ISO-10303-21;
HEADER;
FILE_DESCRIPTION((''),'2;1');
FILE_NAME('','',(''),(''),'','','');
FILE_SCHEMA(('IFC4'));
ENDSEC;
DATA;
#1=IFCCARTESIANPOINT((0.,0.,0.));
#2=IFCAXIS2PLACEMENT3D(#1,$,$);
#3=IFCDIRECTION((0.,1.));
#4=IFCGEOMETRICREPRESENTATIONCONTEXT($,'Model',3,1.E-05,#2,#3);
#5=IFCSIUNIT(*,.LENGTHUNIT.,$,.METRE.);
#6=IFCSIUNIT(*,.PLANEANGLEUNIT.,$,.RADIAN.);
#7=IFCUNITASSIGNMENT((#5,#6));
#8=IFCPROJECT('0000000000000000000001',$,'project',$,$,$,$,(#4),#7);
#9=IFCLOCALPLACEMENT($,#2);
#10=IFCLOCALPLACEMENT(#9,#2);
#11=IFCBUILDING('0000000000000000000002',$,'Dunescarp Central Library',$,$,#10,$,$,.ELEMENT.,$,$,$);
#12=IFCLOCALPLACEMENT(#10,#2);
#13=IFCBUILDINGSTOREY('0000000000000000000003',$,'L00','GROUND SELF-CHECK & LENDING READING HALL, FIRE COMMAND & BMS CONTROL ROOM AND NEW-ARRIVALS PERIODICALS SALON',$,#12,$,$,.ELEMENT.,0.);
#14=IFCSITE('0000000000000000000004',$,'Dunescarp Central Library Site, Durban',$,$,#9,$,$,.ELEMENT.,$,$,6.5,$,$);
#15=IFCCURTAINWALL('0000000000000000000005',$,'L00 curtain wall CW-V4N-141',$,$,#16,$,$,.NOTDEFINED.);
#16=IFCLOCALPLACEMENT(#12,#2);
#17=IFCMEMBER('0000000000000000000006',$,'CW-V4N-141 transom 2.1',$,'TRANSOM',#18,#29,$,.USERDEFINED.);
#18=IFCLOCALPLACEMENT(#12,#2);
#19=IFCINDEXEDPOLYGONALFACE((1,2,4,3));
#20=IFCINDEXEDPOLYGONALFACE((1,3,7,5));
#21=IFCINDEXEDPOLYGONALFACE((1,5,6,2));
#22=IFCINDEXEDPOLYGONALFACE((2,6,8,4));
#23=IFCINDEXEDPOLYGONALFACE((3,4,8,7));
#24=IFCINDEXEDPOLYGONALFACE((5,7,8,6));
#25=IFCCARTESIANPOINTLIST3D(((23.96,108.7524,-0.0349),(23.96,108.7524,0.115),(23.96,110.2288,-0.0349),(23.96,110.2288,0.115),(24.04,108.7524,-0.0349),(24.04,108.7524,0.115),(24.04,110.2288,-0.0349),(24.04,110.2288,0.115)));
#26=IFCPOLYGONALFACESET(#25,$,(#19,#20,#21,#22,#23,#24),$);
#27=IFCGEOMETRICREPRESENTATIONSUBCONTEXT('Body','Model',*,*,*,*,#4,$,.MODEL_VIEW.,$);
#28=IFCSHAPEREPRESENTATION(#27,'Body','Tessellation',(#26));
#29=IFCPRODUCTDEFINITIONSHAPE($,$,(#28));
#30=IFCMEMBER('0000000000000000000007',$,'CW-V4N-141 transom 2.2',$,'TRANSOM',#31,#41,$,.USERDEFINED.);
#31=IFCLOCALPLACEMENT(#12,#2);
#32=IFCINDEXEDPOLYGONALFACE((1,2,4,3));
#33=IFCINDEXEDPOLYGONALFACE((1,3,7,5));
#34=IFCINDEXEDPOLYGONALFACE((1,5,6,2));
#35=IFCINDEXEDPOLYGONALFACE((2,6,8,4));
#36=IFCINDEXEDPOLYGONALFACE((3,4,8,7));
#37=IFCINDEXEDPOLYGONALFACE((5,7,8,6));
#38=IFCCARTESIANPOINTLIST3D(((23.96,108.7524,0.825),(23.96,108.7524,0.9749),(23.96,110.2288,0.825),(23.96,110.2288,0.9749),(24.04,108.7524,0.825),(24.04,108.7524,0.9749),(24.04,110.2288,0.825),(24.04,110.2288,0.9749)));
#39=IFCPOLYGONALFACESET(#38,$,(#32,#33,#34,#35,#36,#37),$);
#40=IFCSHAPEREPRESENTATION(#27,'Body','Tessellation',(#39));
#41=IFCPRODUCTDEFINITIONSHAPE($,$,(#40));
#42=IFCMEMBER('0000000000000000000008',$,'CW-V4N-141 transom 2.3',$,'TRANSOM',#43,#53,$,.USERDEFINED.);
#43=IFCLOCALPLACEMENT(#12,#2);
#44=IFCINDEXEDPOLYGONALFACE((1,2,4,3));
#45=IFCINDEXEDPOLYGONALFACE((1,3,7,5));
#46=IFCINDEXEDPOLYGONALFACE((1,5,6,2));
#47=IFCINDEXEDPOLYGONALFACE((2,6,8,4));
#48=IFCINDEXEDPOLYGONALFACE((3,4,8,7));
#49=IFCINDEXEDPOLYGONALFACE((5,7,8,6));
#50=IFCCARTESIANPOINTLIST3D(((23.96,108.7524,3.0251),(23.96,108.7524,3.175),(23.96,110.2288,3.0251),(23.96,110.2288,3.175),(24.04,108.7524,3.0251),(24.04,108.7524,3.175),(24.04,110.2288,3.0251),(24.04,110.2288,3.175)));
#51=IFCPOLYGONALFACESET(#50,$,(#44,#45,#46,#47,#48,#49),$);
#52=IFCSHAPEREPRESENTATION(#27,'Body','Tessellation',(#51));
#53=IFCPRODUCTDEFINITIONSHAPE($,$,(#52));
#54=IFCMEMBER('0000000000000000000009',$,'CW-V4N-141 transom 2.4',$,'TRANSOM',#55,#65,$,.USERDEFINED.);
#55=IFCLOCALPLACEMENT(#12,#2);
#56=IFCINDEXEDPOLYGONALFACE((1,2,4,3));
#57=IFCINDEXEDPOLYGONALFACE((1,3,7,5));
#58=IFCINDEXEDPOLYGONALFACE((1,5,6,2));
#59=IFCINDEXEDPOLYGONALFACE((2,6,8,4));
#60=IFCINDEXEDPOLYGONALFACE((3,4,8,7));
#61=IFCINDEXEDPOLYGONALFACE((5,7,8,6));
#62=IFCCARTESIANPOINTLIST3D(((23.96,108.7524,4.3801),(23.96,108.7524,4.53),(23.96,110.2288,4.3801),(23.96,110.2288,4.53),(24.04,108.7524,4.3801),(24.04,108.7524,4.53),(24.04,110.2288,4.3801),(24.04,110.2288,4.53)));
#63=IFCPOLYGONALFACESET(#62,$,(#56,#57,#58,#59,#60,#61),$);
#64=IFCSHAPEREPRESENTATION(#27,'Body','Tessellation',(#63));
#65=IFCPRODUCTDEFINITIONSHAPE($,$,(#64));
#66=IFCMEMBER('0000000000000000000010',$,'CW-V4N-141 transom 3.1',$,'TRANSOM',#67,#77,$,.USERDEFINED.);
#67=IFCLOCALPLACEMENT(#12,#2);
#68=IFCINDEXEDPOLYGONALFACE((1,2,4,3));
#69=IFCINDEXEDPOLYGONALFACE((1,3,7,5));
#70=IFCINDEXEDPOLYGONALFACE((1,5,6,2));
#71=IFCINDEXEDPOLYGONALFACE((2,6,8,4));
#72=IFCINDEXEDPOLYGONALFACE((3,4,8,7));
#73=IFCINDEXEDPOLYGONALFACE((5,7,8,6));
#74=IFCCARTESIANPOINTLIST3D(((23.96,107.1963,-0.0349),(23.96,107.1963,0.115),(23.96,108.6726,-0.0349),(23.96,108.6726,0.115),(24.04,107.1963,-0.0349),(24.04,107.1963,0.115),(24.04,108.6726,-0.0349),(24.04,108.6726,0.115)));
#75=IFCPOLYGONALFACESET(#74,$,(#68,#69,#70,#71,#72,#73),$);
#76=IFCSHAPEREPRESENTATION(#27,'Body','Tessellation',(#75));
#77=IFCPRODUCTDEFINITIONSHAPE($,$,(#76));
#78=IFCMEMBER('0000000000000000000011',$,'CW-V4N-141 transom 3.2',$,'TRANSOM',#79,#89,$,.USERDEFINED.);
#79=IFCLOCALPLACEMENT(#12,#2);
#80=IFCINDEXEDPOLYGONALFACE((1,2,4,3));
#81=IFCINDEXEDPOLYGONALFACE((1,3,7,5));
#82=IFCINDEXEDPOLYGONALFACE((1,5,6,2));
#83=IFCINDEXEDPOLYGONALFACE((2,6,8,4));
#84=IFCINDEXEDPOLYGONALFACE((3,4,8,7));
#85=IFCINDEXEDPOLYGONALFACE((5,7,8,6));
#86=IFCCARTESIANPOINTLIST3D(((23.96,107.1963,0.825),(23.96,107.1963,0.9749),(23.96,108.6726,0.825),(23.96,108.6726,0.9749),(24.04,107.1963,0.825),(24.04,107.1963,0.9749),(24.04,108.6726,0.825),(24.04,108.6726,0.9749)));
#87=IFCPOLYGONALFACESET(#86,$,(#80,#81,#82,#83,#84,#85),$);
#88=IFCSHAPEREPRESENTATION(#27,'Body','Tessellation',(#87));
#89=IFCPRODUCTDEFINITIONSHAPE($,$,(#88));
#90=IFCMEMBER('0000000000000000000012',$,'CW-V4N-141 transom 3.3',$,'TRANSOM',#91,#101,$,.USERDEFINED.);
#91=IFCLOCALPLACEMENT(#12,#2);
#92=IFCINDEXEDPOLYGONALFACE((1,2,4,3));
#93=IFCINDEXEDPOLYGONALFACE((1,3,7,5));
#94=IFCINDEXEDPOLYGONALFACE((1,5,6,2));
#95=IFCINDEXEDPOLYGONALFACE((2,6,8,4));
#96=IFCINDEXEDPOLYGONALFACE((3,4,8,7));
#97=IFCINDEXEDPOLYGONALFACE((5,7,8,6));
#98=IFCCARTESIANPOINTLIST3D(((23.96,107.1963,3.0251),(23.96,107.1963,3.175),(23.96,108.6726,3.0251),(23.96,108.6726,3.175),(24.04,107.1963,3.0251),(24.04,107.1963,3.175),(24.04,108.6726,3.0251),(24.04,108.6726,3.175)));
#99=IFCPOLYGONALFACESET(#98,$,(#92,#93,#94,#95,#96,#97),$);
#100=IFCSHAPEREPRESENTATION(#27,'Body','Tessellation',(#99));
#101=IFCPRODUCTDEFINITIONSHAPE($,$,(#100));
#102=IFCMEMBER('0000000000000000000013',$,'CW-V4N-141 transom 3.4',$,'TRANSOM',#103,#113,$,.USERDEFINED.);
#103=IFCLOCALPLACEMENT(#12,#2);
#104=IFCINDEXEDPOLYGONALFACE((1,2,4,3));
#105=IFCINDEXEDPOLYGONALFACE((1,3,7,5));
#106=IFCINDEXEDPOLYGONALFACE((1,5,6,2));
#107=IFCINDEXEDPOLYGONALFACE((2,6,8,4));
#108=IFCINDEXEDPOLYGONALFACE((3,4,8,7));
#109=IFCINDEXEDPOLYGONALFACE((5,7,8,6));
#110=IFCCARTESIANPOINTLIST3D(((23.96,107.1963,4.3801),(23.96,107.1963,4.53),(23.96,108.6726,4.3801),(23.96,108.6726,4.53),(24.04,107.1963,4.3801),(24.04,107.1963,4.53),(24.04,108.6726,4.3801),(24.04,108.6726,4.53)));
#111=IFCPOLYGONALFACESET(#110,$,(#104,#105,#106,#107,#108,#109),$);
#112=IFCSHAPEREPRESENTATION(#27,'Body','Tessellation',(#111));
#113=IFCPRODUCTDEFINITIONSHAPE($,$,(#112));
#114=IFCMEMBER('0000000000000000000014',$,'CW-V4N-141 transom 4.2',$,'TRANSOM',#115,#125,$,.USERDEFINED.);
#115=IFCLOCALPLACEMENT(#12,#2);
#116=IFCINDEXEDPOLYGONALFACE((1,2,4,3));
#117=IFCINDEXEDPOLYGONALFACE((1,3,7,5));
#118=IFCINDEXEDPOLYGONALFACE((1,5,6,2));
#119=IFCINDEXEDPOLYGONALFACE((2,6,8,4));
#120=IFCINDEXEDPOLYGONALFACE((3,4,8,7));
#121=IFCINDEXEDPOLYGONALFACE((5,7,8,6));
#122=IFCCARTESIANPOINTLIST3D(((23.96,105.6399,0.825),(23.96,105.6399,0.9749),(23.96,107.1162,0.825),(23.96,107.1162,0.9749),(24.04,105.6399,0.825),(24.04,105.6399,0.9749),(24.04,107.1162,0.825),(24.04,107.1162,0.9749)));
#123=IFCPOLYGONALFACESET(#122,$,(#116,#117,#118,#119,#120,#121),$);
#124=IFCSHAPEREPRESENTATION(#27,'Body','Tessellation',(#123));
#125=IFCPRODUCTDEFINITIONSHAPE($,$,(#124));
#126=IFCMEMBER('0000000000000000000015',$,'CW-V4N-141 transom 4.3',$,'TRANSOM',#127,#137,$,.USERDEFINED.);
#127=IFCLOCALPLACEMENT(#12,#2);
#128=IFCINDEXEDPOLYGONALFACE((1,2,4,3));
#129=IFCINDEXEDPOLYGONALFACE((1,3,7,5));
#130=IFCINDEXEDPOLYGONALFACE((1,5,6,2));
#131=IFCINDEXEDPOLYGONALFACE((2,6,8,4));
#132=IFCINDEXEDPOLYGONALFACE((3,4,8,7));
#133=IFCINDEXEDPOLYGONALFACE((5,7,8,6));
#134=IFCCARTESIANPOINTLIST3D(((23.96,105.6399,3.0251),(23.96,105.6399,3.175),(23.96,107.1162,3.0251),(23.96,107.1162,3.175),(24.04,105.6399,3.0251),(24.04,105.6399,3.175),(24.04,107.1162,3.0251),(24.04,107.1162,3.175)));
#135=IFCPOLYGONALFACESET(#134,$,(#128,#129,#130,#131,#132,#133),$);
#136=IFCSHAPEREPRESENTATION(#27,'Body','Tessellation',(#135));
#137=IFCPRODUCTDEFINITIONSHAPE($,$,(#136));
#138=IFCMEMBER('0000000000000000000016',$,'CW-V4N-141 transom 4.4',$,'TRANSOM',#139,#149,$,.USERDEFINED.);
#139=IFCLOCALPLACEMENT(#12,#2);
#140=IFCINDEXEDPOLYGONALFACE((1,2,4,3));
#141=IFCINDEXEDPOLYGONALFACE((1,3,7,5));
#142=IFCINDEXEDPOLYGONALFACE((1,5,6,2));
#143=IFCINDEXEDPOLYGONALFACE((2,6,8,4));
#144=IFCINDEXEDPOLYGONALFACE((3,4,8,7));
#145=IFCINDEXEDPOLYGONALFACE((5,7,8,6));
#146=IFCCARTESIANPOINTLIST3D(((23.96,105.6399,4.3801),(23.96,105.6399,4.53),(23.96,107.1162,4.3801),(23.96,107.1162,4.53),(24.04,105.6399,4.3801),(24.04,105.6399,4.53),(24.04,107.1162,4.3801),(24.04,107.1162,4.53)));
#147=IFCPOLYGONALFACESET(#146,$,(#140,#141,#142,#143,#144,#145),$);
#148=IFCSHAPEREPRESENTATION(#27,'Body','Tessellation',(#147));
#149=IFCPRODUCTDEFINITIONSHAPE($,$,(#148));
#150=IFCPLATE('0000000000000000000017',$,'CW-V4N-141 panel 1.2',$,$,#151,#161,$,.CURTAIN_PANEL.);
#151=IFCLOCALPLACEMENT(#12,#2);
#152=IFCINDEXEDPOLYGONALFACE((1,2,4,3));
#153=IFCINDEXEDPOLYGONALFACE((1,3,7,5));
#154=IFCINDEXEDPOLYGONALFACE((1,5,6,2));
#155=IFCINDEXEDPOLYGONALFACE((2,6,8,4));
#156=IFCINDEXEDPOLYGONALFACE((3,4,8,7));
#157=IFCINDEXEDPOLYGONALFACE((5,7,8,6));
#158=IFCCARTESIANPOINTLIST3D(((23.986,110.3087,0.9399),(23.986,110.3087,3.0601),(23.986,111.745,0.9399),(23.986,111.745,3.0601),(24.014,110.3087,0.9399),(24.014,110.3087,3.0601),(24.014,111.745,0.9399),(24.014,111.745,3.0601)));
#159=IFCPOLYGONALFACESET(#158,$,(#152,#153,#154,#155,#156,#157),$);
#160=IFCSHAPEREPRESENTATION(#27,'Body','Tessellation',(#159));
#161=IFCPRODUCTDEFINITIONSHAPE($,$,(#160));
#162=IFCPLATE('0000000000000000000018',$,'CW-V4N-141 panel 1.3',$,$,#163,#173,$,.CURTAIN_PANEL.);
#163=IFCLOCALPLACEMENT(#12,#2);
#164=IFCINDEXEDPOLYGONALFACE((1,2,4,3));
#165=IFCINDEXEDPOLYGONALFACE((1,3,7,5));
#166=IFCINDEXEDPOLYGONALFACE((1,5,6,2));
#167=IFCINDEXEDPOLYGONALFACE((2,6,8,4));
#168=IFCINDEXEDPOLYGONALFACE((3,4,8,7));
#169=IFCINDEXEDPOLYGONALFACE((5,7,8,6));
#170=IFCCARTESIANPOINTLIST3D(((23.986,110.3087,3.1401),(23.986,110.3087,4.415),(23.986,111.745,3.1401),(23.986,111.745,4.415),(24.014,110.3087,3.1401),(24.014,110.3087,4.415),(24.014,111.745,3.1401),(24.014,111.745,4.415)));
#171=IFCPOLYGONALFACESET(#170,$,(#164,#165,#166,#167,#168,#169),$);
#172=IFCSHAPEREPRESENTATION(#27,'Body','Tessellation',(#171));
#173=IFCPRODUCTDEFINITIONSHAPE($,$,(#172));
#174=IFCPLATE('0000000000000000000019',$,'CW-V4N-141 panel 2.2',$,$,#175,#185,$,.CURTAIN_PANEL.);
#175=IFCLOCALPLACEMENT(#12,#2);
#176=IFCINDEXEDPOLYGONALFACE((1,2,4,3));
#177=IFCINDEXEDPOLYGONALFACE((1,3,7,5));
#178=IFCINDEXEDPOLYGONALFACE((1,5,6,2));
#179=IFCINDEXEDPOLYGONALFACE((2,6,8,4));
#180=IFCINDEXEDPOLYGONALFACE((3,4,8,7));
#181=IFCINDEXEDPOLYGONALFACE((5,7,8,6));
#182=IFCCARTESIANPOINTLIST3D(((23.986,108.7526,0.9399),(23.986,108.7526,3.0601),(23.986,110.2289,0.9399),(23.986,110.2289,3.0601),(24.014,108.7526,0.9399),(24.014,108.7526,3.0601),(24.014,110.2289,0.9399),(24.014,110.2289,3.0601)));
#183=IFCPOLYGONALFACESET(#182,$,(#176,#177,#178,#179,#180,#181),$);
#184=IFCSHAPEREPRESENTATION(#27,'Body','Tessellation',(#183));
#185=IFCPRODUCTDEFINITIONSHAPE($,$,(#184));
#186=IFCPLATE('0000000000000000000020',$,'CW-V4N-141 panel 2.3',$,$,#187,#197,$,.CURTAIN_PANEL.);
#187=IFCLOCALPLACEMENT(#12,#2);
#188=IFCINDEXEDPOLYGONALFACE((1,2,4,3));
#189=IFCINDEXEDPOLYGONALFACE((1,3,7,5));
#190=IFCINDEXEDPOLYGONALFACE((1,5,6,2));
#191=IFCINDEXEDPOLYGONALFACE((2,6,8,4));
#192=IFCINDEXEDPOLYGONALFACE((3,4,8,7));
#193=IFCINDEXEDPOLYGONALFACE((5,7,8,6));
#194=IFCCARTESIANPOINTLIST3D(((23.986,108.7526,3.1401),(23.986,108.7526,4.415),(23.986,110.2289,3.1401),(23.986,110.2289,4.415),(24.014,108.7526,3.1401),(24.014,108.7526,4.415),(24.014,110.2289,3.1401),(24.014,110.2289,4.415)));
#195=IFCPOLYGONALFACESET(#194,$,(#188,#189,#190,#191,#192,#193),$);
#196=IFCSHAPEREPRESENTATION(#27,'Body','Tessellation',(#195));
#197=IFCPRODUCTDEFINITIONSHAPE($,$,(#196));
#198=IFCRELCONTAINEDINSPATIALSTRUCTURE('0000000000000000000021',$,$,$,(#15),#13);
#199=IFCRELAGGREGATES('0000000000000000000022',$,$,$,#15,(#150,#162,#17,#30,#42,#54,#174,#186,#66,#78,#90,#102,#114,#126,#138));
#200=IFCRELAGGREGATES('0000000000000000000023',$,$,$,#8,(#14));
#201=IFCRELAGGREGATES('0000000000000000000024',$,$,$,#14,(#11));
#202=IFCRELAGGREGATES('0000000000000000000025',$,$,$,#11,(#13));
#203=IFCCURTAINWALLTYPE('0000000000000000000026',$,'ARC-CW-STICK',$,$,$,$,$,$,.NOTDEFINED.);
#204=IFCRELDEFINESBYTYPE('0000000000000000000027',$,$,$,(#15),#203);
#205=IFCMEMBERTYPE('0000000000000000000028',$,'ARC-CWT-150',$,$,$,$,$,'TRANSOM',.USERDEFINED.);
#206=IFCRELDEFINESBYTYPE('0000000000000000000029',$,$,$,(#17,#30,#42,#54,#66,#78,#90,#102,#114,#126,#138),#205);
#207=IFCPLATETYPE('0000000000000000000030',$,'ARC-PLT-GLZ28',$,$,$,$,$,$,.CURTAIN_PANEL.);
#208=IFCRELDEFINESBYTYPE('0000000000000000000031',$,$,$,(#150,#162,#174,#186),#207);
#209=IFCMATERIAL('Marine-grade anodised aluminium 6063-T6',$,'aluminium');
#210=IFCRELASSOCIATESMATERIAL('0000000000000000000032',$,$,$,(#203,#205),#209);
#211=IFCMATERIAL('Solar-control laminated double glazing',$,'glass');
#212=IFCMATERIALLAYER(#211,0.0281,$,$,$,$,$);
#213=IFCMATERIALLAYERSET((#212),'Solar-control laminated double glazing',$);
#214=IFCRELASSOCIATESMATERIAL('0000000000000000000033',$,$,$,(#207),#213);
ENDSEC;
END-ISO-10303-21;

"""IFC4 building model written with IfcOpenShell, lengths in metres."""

from ifc_helpers import new_model, si_unit, direction, frame, origin, origin_2d, place, context, subcontext, project, spatial, rectangle, extrude, material, layer, layer_set, material_profile, profile_set, type_object, element, aggregate, save


model = new_model("IFC4")

# Units and contexts
model_context = context("Model", 3, precision=1e-05, world=origin(), true_north=direction((0.0, 1.0)))
body_context = subcontext(model_context, "Body", "Model", "MODEL_VIEW")
ifc_project = project(units=[si_unit("LENGTHUNIT", "METRE"), si_unit("PLANEANGLEUNIT", "RADIAN")], contexts=[model_context])

# Site, building, storey
site_placement = place(None, origin())
site = spatial("IfcSite", under=ifc_project, at=site_placement, Name="Dunescarp Central Library Site, Durban", CompositionType="ELEMENT", RefElevation=6.5)
building_placement = place(site_placement, origin())
building = spatial("IfcBuilding", under=site, at=building_placement, Name="Dunescarp Central Library", CompositionType="ELEMENT")
storey_placement = place(building_placement, origin())
storey = spatial("IfcBuildingStorey", under=building, at=storey_placement, Name="L00", Description="GROUND SELF-CHECK & LENDING READING HALL, FIRE COMMAND & BMS CONTROL ROOM AND NEW-ARRIVALS PERIODICALS SALON", CompositionType="ELEMENT", Elevation=0.0)

# Curtain wall, members, plates
ifc_material_1 = material(Name="Marine-grade anodised aluminium 6063-T6", Category="aluminium")
curtain_wall_type = type_object("IfcCurtainWallType", Name="ARC-CW-STICK", PredefinedType="NOTDEFINED", material=ifc_material_1)
curtain_wall_placement = place(storey_placement, origin())
curtain_wall = element("IfcCurtainWall", 1, at=curtain_wall_placement, inside=storey, type_object=curtain_wall_type, Name="L00 curtain wall CW-V4N-141", PredefinedType="NOTDEFINED")
ifc_material_profile_1 = material_profile(ifc_material_1, rectangle(XDim=0.0801, YDim=0.1499, at=origin_2d()), Name="AL 80x150")
ifc_profile_set_1 = profile_set([ifc_material_profile_1], Name="Marine-grade anodised aluminium 6063-T6")
member_type_1 = type_object("IfcMemberType", Name="ARC-CWT-150", ElementType="TRANSOM", PredefinedType="USERDEFINED", material=ifc_profile_set_1)
member_1_placement = place(storey_placement, frame((24.0, 110.2288, 0.04), z_axis=(0.0, -1.0, 0.0), x_axis=(1.0, 0.0, 0.0)))
member_1 = element("IfcMember", 2, at=member_1_placement, type_object=member_type_1, Name="CW-V4N-141 transom 2.1", ObjectType="TRANSOM", PredefinedType="USERDEFINED", context=body_context, shape_type="SweptSolid", body=[
    extrude(rectangle(XDim=0.0801, YDim=0.1499, at=origin_2d()), origin(), (0.0, 0.0, 1.0), 1.4763),
])
member_2_placement = place(storey_placement, frame((24.0, 110.2288, 0.8999), z_axis=(0.0, -1.0, 0.0), x_axis=(1.0, 0.0, 0.0)))
member_2 = element("IfcMember", 3, at=member_2_placement, type_object=member_type_1, Name="CW-V4N-141 transom 2.2", ObjectType="TRANSOM", PredefinedType="USERDEFINED", context=body_context, shape_type="SweptSolid", body=[
    extrude(rectangle(XDim=0.0801, YDim=0.1499, at=origin_2d()), origin(), (0.0, 0.0, 1.0), 1.4763),
])
member_3_placement = place(storey_placement, frame((24.0, 110.2288, 3.1001), z_axis=(0.0, -1.0, 0.0), x_axis=(1.0, 0.0, 0.0)))
member_3 = element("IfcMember", 4, at=member_3_placement, type_object=member_type_1, Name="CW-V4N-141 transom 2.3", ObjectType="TRANSOM", PredefinedType="USERDEFINED", context=body_context, shape_type="SweptSolid", body=[
    extrude(rectangle(XDim=0.0801, YDim=0.1499, at=origin_2d()), origin(), (0.0, 0.0, 1.0), 1.4763),
])
member_4_placement = place(storey_placement, frame((24.0, 110.2288, 4.4551), z_axis=(0.0, -1.0, 0.0), x_axis=(1.0, 0.0, 0.0)))
member_4 = element("IfcMember", 5, at=member_4_placement, type_object=member_type_1, Name="CW-V4N-141 transom 2.4", ObjectType="TRANSOM", PredefinedType="USERDEFINED", context=body_context, shape_type="SweptSolid", body=[
    extrude(rectangle(XDim=0.0801, YDim=0.1499, at=origin_2d()), origin(), (0.0, 0.0, 1.0), 1.4763),
])
member_5_placement = place(storey_placement, frame((24.0, 108.6726, 0.04), z_axis=(0.0, -1.0, 0.0), x_axis=(1.0, 0.0, 0.0)))
member_5 = element("IfcMember", 6, at=member_5_placement, type_object=member_type_1, Name="CW-V4N-141 transom 3.1", ObjectType="TRANSOM", PredefinedType="USERDEFINED", context=body_context, shape_type="SweptSolid", body=[
    extrude(rectangle(XDim=0.0801, YDim=0.1499, at=origin_2d()), origin(), (0.0, 0.0, 1.0), 1.4763),
])
member_6_placement = place(storey_placement, frame((24.0, 108.6726, 0.8999), z_axis=(0.0, -1.0, 0.0), x_axis=(1.0, 0.0, 0.0)))
member_6 = element("IfcMember", 7, at=member_6_placement, type_object=member_type_1, Name="CW-V4N-141 transom 3.2", ObjectType="TRANSOM", PredefinedType="USERDEFINED", context=body_context, shape_type="SweptSolid", body=[
    extrude(rectangle(XDim=0.0801, YDim=0.1499, at=origin_2d()), origin(), (0.0, 0.0, 1.0), 1.4763),
])
member_7_placement = place(storey_placement, frame((24.0, 108.6726, 3.1001), z_axis=(0.0, -1.0, 0.0), x_axis=(1.0, 0.0, 0.0)))
member_7 = element("IfcMember", 8, at=member_7_placement, type_object=member_type_1, Name="CW-V4N-141 transom 3.3", ObjectType="TRANSOM", PredefinedType="USERDEFINED", context=body_context, shape_type="SweptSolid", body=[
    extrude(rectangle(XDim=0.0801, YDim=0.1499, at=origin_2d()), origin(), (0.0, 0.0, 1.0), 1.4763),
])
member_8_placement = place(storey_placement, frame((24.0, 108.6726, 4.4551), z_axis=(0.0, -1.0, 0.0), x_axis=(1.0, 0.0, 0.0)))
member_8 = element("IfcMember", 9, at=member_8_placement, type_object=member_type_1, Name="CW-V4N-141 transom 3.4", ObjectType="TRANSOM", PredefinedType="USERDEFINED", context=body_context, shape_type="SweptSolid", body=[
    extrude(rectangle(XDim=0.0801, YDim=0.1499, at=origin_2d()), origin(), (0.0, 0.0, 1.0), 1.4763),
])
member_9_placement = place(storey_placement, frame((24.0, 107.1162, 0.8999), z_axis=(0.0, -1.0, 0.0), x_axis=(1.0, 0.0, 0.0)))
member_9 = element("IfcMember", 10, at=member_9_placement, type_object=member_type_1, Name="CW-V4N-141 transom 4.2", ObjectType="TRANSOM", PredefinedType="USERDEFINED", context=body_context, shape_type="SweptSolid", body=[
    extrude(rectangle(XDim=0.0801, YDim=0.1499, at=origin_2d()), origin(), (0.0, 0.0, 1.0), 1.4763),
])
member_10_placement = place(storey_placement, frame((24.0, 107.1162, 3.1001), z_axis=(0.0, -1.0, 0.0), x_axis=(1.0, 0.0, 0.0)))
member_10 = element("IfcMember", 11, at=member_10_placement, type_object=member_type_1, Name="CW-V4N-141 transom 4.3", ObjectType="TRANSOM", PredefinedType="USERDEFINED", context=body_context, shape_type="SweptSolid", body=[
    extrude(rectangle(XDim=0.0801, YDim=0.1499, at=origin_2d()), origin(), (0.0, 0.0, 1.0), 1.4763),
])
member_11_placement = place(storey_placement, frame((24.0, 107.1162, 4.4551), z_axis=(0.0, -1.0, 0.0), x_axis=(1.0, 0.0, 0.0)))
member_11 = element("IfcMember", 12, at=member_11_placement, type_object=member_type_1, Name="CW-V4N-141 transom 4.4", ObjectType="TRANSOM", PredefinedType="USERDEFINED", context=body_context, shape_type="SweptSolid", body=[
    extrude(rectangle(XDim=0.0801, YDim=0.1499, at=origin_2d()), origin(), (0.0, 0.0, 1.0), 1.4763),
])
ifc_material_2 = material(Name="Solar-control laminated double glazing", Category="glass")
ifc_layer_1 = layer(ifc_material_2, 0.0281)
ifc_layer_set_1 = layer_set([ifc_layer_1], Name="Solar-control laminated double glazing")
plate_type_1 = type_object("IfcPlateType", Name="ARC-PLT-GLZ28", PredefinedType="CURTAIN_PANEL", material=ifc_layer_set_1)
plate_1_placement = place(storey_placement, frame((24.0, 111.0269, 0.9399), z_axis=(0.0, 0.0, 1.0), x_axis=(0.0, -1.0, 0.0)))
plate_1 = element("IfcPlate", 13, at=plate_1_placement, type_object=plate_type_1, Name="CW-V4N-141 panel 1.2", PredefinedType="CURTAIN_PANEL", context=body_context, shape_type="SweptSolid", body=[
    extrude(rectangle(XDim=1.4363, YDim=0.0281, at=origin_2d()), origin(), (0.0, 0.0, 1.0), 2.1201),
])
plate_2_placement = place(storey_placement, frame((24.0, 111.0269, 3.1401), z_axis=(0.0, 0.0, 1.0), x_axis=(0.0, -1.0, 0.0)))
plate_2 = element("IfcPlate", 14, at=plate_2_placement, type_object=plate_type_1, Name="CW-V4N-141 panel 1.3", PredefinedType="CURTAIN_PANEL", context=body_context, shape_type="SweptSolid", body=[
    extrude(rectangle(XDim=1.4363, YDim=0.0281, at=origin_2d()), origin(), (0.0, 0.0, 1.0), 1.2749),
])
plate_3_placement = place(storey_placement, frame((24.0, 109.4907, 0.9399), z_axis=(0.0, 0.0, 1.0), x_axis=(0.0, -1.0, 0.0)))
plate_3 = element("IfcPlate", 15, at=plate_3_placement, type_object=plate_type_1, Name="CW-V4N-141 panel 2.2", PredefinedType="CURTAIN_PANEL", context=body_context, shape_type="SweptSolid", body=[
    extrude(rectangle(XDim=1.4763, YDim=0.0281, at=origin_2d()), origin(), (0.0, 0.0, 1.0), 2.1201),
])
plate_4_placement = place(storey_placement, frame((24.0, 109.4907, 3.1401), z_axis=(0.0, 0.0, 1.0), x_axis=(0.0, -1.0, 0.0)))
plate_4 = element("IfcPlate", 16, at=plate_4_placement, type_object=plate_type_1, Name="CW-V4N-141 panel 2.3", PredefinedType="CURTAIN_PANEL", context=body_context, shape_type="SweptSolid", body=[
    extrude(rectangle(XDim=1.4763, YDim=0.0281, at=origin_2d()), origin(), (0.0, 0.0, 1.0), 1.2749),
])
aggregate(curtain_wall, [plate_1, plate_2, member_1, member_2, member_3, member_4, plate_3, plate_4, member_5, member_6, member_7, member_8, member_9, member_10, member_11])

save(model, "model.ifc")
